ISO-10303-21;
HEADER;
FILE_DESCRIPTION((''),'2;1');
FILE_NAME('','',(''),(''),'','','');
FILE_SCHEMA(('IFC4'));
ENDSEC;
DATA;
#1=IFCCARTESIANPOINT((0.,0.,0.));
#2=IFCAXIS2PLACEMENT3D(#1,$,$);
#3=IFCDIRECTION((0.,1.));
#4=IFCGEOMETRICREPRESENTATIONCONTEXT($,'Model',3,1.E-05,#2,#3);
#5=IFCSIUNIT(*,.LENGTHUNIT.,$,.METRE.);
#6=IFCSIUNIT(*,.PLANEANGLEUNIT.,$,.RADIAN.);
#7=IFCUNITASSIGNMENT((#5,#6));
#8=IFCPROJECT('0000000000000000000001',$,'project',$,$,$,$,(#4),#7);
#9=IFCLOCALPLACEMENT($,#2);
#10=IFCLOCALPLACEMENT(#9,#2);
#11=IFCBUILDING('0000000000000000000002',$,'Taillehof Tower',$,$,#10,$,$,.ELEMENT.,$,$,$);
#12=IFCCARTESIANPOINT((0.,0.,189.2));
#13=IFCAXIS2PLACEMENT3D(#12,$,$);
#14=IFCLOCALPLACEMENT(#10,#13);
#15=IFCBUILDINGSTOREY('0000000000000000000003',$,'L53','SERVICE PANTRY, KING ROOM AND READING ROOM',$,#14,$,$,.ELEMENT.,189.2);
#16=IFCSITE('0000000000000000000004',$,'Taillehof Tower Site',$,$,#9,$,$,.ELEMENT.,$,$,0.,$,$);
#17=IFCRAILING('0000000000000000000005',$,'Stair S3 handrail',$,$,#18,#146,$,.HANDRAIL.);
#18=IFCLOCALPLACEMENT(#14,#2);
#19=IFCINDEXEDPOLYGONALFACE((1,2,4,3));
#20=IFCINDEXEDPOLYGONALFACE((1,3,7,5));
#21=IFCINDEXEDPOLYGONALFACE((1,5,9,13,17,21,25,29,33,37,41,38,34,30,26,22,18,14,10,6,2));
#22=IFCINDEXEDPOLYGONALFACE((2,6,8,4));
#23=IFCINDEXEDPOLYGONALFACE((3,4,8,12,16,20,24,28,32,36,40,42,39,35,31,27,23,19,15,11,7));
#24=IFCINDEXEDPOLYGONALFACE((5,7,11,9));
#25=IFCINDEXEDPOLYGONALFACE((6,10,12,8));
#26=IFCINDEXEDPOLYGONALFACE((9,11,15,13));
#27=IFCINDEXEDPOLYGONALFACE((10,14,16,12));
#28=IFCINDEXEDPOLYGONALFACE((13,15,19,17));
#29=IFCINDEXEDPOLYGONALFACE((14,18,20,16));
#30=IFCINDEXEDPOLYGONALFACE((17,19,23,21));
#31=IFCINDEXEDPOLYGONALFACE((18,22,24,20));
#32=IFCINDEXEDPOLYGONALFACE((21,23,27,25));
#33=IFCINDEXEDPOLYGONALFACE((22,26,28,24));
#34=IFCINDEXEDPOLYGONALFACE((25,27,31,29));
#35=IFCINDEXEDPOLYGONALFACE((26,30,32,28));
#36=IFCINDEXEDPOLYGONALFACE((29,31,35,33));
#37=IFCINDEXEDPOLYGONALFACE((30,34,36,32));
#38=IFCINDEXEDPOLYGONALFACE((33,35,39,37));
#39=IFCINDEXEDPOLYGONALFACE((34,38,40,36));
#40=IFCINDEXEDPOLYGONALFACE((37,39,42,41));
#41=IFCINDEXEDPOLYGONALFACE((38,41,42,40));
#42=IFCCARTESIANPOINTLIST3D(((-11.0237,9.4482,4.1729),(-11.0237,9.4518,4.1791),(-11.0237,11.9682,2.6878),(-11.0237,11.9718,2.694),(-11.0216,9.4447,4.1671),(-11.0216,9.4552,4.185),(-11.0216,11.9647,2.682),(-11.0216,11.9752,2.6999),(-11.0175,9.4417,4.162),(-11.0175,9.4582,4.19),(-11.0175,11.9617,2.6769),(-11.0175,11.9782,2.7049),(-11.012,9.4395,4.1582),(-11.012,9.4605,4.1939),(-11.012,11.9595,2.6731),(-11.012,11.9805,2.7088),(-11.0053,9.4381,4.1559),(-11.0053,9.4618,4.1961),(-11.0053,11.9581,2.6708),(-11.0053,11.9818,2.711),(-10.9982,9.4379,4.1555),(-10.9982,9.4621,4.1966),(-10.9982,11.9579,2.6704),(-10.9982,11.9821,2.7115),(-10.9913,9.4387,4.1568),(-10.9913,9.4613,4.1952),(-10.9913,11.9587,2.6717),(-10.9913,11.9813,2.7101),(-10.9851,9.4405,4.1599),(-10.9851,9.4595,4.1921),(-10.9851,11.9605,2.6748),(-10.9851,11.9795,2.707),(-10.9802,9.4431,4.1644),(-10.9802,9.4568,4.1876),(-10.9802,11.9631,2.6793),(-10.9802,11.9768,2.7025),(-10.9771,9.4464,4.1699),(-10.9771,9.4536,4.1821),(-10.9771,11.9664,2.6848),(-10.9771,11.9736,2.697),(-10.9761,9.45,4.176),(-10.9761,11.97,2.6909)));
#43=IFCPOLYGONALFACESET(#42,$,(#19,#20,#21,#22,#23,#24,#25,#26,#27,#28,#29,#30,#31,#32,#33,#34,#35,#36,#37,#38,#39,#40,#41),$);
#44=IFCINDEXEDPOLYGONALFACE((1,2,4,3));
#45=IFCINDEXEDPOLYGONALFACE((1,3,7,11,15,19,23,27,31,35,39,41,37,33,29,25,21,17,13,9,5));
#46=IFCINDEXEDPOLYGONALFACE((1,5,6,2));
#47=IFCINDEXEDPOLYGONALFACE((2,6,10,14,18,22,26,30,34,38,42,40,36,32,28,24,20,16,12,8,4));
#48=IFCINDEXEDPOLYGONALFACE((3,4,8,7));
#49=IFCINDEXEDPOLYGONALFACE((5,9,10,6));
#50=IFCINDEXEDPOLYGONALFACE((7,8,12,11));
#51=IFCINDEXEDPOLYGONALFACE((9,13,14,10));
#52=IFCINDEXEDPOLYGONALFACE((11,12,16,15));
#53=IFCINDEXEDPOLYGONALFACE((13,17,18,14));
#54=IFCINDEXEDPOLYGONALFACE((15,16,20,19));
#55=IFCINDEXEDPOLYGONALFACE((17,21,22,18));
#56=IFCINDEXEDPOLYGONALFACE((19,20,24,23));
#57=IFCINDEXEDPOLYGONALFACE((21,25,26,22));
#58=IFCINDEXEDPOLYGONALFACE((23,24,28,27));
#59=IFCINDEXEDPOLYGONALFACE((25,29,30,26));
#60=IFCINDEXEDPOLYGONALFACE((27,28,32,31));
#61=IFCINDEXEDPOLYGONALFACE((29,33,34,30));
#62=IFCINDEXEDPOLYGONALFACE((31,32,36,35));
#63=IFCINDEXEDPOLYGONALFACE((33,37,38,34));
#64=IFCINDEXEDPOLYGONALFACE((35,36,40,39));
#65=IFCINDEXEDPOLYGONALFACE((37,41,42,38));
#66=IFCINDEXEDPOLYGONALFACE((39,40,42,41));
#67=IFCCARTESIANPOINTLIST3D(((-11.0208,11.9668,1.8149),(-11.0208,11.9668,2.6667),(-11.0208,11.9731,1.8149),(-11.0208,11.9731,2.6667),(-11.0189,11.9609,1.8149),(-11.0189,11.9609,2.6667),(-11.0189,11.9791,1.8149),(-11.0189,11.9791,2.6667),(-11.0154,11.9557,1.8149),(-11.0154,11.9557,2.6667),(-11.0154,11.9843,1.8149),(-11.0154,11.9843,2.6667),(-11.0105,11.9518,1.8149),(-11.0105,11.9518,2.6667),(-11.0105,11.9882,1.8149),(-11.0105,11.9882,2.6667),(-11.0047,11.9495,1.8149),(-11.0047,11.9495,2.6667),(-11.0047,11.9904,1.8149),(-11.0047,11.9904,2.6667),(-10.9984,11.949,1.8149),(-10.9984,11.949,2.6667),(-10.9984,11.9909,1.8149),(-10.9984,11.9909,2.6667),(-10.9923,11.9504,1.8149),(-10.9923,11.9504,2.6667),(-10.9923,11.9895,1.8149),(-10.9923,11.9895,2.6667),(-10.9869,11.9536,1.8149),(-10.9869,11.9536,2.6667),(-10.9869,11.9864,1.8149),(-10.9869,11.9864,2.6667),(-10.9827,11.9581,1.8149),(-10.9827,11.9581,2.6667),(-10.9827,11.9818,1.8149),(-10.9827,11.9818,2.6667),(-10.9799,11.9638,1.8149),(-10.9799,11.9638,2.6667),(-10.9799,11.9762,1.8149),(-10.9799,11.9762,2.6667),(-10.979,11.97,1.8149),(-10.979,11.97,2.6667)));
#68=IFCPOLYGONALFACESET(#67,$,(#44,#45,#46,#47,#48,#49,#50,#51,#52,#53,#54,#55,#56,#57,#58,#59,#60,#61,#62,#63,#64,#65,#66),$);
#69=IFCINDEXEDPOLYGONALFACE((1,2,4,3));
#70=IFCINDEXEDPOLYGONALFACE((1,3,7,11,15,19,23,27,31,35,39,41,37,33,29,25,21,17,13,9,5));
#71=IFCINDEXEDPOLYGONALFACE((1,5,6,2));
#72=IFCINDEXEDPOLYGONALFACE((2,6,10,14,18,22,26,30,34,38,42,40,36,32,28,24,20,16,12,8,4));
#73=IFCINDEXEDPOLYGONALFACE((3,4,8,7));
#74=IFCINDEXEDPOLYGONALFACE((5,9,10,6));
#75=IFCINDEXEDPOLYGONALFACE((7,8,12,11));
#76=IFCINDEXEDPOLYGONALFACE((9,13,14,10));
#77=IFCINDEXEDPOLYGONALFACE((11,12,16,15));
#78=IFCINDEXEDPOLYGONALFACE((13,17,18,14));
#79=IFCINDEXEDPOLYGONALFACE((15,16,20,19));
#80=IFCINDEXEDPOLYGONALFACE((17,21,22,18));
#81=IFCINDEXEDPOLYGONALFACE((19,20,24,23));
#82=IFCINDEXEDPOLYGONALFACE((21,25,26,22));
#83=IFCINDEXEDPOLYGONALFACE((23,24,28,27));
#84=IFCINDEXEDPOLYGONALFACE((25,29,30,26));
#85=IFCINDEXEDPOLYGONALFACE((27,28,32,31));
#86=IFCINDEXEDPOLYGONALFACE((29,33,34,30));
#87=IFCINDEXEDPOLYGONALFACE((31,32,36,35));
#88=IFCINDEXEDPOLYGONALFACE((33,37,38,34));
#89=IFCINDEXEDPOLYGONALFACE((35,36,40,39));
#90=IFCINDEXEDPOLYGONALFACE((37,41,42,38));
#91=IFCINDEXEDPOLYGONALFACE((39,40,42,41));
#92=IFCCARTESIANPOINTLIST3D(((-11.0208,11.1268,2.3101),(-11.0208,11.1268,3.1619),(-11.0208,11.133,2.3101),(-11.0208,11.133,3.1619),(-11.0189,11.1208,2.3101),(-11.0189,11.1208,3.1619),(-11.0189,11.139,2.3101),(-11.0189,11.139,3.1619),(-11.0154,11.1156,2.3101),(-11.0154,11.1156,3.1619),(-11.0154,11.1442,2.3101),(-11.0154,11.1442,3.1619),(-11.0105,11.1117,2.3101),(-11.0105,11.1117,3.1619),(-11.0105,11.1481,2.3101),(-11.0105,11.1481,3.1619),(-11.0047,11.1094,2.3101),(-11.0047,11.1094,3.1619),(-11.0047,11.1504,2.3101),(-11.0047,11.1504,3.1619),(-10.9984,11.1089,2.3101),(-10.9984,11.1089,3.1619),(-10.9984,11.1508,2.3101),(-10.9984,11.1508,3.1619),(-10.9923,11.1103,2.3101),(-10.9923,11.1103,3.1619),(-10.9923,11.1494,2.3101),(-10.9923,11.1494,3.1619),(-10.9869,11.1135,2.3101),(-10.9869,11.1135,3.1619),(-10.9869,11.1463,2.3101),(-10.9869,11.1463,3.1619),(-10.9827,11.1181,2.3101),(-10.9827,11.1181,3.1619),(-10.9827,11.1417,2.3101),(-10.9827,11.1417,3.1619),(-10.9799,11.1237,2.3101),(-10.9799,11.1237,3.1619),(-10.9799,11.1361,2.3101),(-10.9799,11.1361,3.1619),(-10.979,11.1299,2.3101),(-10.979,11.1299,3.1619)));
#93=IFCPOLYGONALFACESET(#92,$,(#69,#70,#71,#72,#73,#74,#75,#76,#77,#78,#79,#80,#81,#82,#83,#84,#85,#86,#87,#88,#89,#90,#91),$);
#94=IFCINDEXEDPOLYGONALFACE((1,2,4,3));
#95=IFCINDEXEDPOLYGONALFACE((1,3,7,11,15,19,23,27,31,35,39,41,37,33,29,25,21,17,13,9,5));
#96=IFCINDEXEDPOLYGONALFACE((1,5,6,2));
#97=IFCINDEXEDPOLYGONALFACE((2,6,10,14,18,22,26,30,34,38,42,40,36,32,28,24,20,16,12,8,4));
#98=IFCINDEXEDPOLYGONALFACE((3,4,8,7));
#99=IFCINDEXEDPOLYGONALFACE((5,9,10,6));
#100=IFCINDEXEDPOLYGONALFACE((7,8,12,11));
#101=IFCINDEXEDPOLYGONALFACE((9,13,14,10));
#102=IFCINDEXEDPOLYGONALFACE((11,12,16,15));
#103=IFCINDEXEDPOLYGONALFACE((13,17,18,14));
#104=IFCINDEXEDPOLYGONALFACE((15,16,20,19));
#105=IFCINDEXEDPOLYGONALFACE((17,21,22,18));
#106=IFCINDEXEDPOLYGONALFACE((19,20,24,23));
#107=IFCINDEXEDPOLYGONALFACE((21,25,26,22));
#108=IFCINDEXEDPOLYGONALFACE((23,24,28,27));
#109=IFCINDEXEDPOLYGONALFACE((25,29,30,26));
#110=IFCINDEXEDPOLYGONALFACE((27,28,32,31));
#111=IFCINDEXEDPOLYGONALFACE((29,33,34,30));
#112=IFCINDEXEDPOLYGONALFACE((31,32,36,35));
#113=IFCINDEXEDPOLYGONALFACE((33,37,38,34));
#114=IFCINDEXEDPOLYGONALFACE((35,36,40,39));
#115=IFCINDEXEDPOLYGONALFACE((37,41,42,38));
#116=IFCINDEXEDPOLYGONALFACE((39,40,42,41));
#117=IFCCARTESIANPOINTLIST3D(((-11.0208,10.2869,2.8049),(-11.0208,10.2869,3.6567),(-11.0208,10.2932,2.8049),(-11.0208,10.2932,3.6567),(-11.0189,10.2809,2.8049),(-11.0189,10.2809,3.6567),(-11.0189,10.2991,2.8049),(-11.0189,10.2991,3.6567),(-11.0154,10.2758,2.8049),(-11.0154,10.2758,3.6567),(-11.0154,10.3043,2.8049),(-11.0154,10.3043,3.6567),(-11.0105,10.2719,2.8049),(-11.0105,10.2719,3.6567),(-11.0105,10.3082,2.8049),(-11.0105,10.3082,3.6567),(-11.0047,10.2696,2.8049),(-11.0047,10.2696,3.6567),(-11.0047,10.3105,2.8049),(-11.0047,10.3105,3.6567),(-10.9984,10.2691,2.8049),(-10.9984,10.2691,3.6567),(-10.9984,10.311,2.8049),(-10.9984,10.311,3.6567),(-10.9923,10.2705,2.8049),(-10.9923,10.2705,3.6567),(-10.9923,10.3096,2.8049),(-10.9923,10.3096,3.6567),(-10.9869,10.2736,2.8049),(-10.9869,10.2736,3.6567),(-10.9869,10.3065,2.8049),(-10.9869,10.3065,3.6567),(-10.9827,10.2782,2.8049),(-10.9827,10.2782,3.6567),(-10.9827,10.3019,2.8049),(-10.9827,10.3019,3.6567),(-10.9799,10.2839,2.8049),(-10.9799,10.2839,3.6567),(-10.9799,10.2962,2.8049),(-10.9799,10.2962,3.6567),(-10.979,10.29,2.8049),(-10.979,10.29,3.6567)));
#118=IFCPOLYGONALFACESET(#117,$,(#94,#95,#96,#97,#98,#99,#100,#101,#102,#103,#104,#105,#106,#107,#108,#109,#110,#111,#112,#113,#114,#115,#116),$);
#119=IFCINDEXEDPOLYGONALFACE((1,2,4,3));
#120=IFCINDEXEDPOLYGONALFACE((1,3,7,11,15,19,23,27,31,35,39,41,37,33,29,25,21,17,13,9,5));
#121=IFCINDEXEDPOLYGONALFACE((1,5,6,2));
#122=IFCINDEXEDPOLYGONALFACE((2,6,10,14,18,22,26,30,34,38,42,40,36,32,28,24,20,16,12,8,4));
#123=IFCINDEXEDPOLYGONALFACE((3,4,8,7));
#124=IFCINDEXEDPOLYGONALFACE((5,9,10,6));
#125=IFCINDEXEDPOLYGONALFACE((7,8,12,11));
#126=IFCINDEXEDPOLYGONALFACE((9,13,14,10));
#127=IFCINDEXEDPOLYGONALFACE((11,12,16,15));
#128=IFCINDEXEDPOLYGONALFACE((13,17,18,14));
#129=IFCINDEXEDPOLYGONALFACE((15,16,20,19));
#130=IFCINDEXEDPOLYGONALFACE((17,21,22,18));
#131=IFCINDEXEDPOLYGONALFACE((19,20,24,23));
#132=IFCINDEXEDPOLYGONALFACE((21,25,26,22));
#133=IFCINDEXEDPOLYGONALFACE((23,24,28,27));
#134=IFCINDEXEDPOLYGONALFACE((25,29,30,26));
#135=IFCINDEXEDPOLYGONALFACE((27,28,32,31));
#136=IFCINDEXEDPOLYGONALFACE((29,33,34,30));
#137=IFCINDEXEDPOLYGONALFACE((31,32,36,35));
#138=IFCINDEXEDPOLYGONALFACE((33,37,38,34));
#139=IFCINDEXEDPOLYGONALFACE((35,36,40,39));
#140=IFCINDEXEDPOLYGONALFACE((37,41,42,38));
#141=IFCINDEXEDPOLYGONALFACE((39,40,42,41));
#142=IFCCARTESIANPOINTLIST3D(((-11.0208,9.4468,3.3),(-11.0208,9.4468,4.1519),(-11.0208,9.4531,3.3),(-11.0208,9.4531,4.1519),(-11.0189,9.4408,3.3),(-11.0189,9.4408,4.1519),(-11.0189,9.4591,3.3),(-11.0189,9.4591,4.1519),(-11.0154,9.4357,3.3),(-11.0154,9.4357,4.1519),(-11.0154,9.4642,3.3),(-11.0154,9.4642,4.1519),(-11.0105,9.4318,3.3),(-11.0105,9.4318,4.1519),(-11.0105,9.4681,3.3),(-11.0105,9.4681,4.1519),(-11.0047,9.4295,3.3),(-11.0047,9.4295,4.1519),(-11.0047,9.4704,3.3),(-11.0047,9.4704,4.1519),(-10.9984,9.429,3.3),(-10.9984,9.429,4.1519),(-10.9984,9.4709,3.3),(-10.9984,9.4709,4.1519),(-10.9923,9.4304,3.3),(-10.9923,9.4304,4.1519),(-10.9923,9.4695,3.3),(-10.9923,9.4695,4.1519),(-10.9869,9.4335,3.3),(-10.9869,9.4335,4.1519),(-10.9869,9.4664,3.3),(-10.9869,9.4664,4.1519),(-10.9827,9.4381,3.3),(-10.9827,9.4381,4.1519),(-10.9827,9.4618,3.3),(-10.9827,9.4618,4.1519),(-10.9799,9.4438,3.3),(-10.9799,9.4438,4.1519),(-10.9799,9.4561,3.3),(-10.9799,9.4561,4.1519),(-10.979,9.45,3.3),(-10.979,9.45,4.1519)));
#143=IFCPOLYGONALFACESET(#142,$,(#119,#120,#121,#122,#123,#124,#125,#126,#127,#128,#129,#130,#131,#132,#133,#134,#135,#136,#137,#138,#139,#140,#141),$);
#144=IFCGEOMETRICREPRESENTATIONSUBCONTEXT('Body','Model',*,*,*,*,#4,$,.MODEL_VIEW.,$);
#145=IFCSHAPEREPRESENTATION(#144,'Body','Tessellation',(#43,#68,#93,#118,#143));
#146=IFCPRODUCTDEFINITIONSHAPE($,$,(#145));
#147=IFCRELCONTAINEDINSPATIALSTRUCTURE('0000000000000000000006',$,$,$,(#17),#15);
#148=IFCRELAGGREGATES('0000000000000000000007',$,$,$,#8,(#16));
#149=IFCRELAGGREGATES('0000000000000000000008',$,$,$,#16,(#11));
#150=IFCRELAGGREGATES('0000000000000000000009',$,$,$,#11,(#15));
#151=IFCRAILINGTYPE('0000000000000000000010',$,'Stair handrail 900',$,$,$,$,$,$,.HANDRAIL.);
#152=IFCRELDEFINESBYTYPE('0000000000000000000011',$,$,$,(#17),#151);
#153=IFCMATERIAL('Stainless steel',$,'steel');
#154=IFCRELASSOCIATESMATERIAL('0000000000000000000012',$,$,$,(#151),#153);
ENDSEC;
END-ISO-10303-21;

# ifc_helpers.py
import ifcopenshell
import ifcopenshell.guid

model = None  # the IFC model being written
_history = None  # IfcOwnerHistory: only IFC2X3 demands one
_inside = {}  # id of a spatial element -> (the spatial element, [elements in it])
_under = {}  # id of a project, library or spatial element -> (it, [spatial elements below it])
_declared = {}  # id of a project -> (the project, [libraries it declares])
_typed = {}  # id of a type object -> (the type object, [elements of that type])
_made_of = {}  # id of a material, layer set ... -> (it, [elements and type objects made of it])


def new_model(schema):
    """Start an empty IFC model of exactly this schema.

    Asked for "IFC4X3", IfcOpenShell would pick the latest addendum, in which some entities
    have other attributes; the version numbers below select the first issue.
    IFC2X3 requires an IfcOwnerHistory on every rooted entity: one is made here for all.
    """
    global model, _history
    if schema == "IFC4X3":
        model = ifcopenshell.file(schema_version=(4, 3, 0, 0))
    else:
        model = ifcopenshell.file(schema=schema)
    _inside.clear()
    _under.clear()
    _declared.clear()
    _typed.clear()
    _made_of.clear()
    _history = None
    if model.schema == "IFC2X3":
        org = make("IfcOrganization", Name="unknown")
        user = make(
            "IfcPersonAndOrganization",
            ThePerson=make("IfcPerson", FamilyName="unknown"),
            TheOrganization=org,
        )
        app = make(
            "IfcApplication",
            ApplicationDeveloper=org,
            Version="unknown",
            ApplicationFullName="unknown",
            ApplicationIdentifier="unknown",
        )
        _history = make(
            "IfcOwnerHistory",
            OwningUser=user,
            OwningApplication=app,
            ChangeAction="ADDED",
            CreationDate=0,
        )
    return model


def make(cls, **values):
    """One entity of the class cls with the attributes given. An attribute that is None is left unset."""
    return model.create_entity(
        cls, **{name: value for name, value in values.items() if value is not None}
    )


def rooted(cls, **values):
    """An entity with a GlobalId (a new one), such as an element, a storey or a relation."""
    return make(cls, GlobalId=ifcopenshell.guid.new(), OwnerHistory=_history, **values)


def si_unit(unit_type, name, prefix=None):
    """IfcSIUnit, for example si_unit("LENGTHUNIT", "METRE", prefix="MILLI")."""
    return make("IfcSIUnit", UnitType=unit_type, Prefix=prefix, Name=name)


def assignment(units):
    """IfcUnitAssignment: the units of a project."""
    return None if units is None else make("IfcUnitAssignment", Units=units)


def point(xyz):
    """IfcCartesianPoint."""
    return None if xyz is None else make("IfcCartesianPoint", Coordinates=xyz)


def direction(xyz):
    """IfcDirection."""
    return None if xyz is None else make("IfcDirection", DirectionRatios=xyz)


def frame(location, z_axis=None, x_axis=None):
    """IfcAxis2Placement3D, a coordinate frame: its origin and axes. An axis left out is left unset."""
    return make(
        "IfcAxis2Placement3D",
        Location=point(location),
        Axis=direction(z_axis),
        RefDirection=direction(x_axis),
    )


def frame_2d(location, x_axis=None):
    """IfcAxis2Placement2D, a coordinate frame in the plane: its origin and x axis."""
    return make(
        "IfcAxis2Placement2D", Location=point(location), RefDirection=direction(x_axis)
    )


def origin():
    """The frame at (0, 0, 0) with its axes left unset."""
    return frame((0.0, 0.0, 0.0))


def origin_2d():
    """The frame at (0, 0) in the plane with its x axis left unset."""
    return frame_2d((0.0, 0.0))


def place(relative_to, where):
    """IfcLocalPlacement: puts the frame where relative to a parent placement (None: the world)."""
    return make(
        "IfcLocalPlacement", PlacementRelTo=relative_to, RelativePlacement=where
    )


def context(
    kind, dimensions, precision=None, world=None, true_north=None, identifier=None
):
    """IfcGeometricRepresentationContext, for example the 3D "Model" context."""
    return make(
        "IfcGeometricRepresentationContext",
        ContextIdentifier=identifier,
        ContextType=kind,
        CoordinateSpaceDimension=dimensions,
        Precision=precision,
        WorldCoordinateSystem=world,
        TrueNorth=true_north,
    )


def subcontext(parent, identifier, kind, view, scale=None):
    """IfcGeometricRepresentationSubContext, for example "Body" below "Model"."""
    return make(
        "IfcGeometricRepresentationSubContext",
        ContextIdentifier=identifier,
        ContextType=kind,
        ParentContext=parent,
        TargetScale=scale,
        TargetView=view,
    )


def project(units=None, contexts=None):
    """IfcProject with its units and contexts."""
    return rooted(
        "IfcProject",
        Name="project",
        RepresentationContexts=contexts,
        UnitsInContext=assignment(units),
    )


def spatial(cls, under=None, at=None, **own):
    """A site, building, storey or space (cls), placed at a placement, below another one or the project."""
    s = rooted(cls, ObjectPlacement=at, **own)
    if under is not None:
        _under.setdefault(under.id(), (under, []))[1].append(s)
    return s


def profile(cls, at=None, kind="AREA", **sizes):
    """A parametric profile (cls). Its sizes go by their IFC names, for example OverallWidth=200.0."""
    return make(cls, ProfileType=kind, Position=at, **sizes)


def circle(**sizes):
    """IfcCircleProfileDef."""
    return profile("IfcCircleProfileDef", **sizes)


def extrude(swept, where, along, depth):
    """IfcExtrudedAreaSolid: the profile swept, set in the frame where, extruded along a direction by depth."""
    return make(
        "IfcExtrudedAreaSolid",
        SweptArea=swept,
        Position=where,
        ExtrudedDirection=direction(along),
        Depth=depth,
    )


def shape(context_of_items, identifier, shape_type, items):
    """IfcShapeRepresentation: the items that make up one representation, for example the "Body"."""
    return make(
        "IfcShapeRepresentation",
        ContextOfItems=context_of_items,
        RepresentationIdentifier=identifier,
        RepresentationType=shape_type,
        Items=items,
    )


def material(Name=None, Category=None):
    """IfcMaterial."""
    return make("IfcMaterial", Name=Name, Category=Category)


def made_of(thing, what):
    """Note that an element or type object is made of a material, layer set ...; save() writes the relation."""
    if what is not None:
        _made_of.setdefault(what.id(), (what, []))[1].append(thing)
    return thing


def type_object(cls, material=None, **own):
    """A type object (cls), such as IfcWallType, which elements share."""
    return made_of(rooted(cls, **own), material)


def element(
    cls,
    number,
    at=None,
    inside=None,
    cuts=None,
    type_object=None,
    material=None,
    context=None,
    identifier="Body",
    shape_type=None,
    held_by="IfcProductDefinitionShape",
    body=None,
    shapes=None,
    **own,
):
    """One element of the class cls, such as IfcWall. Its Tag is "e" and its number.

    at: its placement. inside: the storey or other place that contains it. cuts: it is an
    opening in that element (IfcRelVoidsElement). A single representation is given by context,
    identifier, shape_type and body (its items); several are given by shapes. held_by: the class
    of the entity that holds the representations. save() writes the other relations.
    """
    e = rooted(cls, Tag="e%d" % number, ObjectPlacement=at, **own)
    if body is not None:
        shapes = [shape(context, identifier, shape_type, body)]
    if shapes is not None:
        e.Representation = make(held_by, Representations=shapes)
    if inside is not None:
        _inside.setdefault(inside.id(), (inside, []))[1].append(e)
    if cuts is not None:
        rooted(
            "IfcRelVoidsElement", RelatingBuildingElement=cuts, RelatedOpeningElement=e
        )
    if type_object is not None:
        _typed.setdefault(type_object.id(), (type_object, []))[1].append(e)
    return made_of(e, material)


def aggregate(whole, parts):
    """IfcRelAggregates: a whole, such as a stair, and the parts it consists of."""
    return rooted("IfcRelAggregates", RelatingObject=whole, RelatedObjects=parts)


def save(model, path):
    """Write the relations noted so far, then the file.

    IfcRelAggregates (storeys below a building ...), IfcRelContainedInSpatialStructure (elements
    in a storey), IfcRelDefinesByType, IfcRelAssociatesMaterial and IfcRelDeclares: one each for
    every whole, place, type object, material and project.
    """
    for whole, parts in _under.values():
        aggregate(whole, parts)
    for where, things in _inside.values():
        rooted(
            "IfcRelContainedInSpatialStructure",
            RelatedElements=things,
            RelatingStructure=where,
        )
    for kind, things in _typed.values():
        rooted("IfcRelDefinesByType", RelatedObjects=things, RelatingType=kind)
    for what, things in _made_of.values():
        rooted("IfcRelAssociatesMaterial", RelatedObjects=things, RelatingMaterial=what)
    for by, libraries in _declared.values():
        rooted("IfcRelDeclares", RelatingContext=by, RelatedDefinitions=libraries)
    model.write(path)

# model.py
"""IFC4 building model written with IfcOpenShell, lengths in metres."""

from ifc_helpers import new_model, si_unit, direction, frame, origin, origin_2d, place, context, subcontext, project, spatial, circle, extrude, material, type_object, element, save


model = new_model("IFC4")

# Units and contexts
model_context = context("Model", 3, precision=1e-05, world=origin(), true_north=direction((0.0, 1.0)))
body_context = subcontext(model_context, "Body", "Model", "MODEL_VIEW")
ifc_project = project(units=[si_unit("LENGTHUNIT", "METRE"), si_unit("PLANEANGLEUNIT", "RADIAN")], contexts=[model_context])

# Site, building, storey
site_placement = place(None, origin())
site = spatial("IfcSite", under=ifc_project, at=site_placement, Name="Taillehof Tower Site", CompositionType="ELEMENT", RefElevation=0.0)
building_placement = place(site_placement, origin())
building = spatial("IfcBuilding", under=site, at=building_placement, Name="Taillehof Tower", CompositionType="ELEMENT")
storey_placement = place(building_placement, frame((0.0, 0.0, 189.2)))
storey = spatial("IfcBuildingStorey", under=building, at=storey_placement, Name="L53", Description="SERVICE PANTRY, KING ROOM AND READING ROOM", CompositionType="ELEMENT", Elevation=189.2)

# Railing
ifc_material_1 = material(Name="Stainless steel", Category="steel")
railing_type = type_object("IfcRailingType", Name="Stair handrail 900", PredefinedType="HANDRAIL", material=ifc_material_1)
railing_placement = place(storey_placement, frame((-11.0, 11.97, 1.8149)))
element("IfcRailing", 1, at=railing_placement, inside=storey, type_object=railing_type, Name="Stair S3 handrail", PredefinedType="HANDRAIL", context=body_context, shape_type="SweptSolid", body=[
    extrude(circle(Radius=0.0239, at=origin_2d()), frame((0.0, 0.0, 0.876), z_axis=(0.0, -0.861524, 0.507717), x_axis=(1.0, 0.0, 0.0)), (0.0, 0.0, 1.0), 2.925),
    extrude(circle(Radius=0.021, at=origin_2d()), origin(), (0.0, 0.0, 1.0), 0.8518),
    extrude(circle(Radius=0.021, at=origin_2d()), frame((0.0, -0.8401, 0.4951)), (0.0, 0.0, 1.0), 0.8518),
    extrude(circle(Radius=0.021, at=origin_2d()), frame((0.0, -1.6799, 0.99)), (0.0, 0.0, 1.0), 0.8518),
    extrude(circle(Radius=0.021, at=origin_2d()), frame((0.0, -2.52, 1.4851)), (0.0, 0.0, 1.0), 0.8518),
])

save(model, "model.ifc")
